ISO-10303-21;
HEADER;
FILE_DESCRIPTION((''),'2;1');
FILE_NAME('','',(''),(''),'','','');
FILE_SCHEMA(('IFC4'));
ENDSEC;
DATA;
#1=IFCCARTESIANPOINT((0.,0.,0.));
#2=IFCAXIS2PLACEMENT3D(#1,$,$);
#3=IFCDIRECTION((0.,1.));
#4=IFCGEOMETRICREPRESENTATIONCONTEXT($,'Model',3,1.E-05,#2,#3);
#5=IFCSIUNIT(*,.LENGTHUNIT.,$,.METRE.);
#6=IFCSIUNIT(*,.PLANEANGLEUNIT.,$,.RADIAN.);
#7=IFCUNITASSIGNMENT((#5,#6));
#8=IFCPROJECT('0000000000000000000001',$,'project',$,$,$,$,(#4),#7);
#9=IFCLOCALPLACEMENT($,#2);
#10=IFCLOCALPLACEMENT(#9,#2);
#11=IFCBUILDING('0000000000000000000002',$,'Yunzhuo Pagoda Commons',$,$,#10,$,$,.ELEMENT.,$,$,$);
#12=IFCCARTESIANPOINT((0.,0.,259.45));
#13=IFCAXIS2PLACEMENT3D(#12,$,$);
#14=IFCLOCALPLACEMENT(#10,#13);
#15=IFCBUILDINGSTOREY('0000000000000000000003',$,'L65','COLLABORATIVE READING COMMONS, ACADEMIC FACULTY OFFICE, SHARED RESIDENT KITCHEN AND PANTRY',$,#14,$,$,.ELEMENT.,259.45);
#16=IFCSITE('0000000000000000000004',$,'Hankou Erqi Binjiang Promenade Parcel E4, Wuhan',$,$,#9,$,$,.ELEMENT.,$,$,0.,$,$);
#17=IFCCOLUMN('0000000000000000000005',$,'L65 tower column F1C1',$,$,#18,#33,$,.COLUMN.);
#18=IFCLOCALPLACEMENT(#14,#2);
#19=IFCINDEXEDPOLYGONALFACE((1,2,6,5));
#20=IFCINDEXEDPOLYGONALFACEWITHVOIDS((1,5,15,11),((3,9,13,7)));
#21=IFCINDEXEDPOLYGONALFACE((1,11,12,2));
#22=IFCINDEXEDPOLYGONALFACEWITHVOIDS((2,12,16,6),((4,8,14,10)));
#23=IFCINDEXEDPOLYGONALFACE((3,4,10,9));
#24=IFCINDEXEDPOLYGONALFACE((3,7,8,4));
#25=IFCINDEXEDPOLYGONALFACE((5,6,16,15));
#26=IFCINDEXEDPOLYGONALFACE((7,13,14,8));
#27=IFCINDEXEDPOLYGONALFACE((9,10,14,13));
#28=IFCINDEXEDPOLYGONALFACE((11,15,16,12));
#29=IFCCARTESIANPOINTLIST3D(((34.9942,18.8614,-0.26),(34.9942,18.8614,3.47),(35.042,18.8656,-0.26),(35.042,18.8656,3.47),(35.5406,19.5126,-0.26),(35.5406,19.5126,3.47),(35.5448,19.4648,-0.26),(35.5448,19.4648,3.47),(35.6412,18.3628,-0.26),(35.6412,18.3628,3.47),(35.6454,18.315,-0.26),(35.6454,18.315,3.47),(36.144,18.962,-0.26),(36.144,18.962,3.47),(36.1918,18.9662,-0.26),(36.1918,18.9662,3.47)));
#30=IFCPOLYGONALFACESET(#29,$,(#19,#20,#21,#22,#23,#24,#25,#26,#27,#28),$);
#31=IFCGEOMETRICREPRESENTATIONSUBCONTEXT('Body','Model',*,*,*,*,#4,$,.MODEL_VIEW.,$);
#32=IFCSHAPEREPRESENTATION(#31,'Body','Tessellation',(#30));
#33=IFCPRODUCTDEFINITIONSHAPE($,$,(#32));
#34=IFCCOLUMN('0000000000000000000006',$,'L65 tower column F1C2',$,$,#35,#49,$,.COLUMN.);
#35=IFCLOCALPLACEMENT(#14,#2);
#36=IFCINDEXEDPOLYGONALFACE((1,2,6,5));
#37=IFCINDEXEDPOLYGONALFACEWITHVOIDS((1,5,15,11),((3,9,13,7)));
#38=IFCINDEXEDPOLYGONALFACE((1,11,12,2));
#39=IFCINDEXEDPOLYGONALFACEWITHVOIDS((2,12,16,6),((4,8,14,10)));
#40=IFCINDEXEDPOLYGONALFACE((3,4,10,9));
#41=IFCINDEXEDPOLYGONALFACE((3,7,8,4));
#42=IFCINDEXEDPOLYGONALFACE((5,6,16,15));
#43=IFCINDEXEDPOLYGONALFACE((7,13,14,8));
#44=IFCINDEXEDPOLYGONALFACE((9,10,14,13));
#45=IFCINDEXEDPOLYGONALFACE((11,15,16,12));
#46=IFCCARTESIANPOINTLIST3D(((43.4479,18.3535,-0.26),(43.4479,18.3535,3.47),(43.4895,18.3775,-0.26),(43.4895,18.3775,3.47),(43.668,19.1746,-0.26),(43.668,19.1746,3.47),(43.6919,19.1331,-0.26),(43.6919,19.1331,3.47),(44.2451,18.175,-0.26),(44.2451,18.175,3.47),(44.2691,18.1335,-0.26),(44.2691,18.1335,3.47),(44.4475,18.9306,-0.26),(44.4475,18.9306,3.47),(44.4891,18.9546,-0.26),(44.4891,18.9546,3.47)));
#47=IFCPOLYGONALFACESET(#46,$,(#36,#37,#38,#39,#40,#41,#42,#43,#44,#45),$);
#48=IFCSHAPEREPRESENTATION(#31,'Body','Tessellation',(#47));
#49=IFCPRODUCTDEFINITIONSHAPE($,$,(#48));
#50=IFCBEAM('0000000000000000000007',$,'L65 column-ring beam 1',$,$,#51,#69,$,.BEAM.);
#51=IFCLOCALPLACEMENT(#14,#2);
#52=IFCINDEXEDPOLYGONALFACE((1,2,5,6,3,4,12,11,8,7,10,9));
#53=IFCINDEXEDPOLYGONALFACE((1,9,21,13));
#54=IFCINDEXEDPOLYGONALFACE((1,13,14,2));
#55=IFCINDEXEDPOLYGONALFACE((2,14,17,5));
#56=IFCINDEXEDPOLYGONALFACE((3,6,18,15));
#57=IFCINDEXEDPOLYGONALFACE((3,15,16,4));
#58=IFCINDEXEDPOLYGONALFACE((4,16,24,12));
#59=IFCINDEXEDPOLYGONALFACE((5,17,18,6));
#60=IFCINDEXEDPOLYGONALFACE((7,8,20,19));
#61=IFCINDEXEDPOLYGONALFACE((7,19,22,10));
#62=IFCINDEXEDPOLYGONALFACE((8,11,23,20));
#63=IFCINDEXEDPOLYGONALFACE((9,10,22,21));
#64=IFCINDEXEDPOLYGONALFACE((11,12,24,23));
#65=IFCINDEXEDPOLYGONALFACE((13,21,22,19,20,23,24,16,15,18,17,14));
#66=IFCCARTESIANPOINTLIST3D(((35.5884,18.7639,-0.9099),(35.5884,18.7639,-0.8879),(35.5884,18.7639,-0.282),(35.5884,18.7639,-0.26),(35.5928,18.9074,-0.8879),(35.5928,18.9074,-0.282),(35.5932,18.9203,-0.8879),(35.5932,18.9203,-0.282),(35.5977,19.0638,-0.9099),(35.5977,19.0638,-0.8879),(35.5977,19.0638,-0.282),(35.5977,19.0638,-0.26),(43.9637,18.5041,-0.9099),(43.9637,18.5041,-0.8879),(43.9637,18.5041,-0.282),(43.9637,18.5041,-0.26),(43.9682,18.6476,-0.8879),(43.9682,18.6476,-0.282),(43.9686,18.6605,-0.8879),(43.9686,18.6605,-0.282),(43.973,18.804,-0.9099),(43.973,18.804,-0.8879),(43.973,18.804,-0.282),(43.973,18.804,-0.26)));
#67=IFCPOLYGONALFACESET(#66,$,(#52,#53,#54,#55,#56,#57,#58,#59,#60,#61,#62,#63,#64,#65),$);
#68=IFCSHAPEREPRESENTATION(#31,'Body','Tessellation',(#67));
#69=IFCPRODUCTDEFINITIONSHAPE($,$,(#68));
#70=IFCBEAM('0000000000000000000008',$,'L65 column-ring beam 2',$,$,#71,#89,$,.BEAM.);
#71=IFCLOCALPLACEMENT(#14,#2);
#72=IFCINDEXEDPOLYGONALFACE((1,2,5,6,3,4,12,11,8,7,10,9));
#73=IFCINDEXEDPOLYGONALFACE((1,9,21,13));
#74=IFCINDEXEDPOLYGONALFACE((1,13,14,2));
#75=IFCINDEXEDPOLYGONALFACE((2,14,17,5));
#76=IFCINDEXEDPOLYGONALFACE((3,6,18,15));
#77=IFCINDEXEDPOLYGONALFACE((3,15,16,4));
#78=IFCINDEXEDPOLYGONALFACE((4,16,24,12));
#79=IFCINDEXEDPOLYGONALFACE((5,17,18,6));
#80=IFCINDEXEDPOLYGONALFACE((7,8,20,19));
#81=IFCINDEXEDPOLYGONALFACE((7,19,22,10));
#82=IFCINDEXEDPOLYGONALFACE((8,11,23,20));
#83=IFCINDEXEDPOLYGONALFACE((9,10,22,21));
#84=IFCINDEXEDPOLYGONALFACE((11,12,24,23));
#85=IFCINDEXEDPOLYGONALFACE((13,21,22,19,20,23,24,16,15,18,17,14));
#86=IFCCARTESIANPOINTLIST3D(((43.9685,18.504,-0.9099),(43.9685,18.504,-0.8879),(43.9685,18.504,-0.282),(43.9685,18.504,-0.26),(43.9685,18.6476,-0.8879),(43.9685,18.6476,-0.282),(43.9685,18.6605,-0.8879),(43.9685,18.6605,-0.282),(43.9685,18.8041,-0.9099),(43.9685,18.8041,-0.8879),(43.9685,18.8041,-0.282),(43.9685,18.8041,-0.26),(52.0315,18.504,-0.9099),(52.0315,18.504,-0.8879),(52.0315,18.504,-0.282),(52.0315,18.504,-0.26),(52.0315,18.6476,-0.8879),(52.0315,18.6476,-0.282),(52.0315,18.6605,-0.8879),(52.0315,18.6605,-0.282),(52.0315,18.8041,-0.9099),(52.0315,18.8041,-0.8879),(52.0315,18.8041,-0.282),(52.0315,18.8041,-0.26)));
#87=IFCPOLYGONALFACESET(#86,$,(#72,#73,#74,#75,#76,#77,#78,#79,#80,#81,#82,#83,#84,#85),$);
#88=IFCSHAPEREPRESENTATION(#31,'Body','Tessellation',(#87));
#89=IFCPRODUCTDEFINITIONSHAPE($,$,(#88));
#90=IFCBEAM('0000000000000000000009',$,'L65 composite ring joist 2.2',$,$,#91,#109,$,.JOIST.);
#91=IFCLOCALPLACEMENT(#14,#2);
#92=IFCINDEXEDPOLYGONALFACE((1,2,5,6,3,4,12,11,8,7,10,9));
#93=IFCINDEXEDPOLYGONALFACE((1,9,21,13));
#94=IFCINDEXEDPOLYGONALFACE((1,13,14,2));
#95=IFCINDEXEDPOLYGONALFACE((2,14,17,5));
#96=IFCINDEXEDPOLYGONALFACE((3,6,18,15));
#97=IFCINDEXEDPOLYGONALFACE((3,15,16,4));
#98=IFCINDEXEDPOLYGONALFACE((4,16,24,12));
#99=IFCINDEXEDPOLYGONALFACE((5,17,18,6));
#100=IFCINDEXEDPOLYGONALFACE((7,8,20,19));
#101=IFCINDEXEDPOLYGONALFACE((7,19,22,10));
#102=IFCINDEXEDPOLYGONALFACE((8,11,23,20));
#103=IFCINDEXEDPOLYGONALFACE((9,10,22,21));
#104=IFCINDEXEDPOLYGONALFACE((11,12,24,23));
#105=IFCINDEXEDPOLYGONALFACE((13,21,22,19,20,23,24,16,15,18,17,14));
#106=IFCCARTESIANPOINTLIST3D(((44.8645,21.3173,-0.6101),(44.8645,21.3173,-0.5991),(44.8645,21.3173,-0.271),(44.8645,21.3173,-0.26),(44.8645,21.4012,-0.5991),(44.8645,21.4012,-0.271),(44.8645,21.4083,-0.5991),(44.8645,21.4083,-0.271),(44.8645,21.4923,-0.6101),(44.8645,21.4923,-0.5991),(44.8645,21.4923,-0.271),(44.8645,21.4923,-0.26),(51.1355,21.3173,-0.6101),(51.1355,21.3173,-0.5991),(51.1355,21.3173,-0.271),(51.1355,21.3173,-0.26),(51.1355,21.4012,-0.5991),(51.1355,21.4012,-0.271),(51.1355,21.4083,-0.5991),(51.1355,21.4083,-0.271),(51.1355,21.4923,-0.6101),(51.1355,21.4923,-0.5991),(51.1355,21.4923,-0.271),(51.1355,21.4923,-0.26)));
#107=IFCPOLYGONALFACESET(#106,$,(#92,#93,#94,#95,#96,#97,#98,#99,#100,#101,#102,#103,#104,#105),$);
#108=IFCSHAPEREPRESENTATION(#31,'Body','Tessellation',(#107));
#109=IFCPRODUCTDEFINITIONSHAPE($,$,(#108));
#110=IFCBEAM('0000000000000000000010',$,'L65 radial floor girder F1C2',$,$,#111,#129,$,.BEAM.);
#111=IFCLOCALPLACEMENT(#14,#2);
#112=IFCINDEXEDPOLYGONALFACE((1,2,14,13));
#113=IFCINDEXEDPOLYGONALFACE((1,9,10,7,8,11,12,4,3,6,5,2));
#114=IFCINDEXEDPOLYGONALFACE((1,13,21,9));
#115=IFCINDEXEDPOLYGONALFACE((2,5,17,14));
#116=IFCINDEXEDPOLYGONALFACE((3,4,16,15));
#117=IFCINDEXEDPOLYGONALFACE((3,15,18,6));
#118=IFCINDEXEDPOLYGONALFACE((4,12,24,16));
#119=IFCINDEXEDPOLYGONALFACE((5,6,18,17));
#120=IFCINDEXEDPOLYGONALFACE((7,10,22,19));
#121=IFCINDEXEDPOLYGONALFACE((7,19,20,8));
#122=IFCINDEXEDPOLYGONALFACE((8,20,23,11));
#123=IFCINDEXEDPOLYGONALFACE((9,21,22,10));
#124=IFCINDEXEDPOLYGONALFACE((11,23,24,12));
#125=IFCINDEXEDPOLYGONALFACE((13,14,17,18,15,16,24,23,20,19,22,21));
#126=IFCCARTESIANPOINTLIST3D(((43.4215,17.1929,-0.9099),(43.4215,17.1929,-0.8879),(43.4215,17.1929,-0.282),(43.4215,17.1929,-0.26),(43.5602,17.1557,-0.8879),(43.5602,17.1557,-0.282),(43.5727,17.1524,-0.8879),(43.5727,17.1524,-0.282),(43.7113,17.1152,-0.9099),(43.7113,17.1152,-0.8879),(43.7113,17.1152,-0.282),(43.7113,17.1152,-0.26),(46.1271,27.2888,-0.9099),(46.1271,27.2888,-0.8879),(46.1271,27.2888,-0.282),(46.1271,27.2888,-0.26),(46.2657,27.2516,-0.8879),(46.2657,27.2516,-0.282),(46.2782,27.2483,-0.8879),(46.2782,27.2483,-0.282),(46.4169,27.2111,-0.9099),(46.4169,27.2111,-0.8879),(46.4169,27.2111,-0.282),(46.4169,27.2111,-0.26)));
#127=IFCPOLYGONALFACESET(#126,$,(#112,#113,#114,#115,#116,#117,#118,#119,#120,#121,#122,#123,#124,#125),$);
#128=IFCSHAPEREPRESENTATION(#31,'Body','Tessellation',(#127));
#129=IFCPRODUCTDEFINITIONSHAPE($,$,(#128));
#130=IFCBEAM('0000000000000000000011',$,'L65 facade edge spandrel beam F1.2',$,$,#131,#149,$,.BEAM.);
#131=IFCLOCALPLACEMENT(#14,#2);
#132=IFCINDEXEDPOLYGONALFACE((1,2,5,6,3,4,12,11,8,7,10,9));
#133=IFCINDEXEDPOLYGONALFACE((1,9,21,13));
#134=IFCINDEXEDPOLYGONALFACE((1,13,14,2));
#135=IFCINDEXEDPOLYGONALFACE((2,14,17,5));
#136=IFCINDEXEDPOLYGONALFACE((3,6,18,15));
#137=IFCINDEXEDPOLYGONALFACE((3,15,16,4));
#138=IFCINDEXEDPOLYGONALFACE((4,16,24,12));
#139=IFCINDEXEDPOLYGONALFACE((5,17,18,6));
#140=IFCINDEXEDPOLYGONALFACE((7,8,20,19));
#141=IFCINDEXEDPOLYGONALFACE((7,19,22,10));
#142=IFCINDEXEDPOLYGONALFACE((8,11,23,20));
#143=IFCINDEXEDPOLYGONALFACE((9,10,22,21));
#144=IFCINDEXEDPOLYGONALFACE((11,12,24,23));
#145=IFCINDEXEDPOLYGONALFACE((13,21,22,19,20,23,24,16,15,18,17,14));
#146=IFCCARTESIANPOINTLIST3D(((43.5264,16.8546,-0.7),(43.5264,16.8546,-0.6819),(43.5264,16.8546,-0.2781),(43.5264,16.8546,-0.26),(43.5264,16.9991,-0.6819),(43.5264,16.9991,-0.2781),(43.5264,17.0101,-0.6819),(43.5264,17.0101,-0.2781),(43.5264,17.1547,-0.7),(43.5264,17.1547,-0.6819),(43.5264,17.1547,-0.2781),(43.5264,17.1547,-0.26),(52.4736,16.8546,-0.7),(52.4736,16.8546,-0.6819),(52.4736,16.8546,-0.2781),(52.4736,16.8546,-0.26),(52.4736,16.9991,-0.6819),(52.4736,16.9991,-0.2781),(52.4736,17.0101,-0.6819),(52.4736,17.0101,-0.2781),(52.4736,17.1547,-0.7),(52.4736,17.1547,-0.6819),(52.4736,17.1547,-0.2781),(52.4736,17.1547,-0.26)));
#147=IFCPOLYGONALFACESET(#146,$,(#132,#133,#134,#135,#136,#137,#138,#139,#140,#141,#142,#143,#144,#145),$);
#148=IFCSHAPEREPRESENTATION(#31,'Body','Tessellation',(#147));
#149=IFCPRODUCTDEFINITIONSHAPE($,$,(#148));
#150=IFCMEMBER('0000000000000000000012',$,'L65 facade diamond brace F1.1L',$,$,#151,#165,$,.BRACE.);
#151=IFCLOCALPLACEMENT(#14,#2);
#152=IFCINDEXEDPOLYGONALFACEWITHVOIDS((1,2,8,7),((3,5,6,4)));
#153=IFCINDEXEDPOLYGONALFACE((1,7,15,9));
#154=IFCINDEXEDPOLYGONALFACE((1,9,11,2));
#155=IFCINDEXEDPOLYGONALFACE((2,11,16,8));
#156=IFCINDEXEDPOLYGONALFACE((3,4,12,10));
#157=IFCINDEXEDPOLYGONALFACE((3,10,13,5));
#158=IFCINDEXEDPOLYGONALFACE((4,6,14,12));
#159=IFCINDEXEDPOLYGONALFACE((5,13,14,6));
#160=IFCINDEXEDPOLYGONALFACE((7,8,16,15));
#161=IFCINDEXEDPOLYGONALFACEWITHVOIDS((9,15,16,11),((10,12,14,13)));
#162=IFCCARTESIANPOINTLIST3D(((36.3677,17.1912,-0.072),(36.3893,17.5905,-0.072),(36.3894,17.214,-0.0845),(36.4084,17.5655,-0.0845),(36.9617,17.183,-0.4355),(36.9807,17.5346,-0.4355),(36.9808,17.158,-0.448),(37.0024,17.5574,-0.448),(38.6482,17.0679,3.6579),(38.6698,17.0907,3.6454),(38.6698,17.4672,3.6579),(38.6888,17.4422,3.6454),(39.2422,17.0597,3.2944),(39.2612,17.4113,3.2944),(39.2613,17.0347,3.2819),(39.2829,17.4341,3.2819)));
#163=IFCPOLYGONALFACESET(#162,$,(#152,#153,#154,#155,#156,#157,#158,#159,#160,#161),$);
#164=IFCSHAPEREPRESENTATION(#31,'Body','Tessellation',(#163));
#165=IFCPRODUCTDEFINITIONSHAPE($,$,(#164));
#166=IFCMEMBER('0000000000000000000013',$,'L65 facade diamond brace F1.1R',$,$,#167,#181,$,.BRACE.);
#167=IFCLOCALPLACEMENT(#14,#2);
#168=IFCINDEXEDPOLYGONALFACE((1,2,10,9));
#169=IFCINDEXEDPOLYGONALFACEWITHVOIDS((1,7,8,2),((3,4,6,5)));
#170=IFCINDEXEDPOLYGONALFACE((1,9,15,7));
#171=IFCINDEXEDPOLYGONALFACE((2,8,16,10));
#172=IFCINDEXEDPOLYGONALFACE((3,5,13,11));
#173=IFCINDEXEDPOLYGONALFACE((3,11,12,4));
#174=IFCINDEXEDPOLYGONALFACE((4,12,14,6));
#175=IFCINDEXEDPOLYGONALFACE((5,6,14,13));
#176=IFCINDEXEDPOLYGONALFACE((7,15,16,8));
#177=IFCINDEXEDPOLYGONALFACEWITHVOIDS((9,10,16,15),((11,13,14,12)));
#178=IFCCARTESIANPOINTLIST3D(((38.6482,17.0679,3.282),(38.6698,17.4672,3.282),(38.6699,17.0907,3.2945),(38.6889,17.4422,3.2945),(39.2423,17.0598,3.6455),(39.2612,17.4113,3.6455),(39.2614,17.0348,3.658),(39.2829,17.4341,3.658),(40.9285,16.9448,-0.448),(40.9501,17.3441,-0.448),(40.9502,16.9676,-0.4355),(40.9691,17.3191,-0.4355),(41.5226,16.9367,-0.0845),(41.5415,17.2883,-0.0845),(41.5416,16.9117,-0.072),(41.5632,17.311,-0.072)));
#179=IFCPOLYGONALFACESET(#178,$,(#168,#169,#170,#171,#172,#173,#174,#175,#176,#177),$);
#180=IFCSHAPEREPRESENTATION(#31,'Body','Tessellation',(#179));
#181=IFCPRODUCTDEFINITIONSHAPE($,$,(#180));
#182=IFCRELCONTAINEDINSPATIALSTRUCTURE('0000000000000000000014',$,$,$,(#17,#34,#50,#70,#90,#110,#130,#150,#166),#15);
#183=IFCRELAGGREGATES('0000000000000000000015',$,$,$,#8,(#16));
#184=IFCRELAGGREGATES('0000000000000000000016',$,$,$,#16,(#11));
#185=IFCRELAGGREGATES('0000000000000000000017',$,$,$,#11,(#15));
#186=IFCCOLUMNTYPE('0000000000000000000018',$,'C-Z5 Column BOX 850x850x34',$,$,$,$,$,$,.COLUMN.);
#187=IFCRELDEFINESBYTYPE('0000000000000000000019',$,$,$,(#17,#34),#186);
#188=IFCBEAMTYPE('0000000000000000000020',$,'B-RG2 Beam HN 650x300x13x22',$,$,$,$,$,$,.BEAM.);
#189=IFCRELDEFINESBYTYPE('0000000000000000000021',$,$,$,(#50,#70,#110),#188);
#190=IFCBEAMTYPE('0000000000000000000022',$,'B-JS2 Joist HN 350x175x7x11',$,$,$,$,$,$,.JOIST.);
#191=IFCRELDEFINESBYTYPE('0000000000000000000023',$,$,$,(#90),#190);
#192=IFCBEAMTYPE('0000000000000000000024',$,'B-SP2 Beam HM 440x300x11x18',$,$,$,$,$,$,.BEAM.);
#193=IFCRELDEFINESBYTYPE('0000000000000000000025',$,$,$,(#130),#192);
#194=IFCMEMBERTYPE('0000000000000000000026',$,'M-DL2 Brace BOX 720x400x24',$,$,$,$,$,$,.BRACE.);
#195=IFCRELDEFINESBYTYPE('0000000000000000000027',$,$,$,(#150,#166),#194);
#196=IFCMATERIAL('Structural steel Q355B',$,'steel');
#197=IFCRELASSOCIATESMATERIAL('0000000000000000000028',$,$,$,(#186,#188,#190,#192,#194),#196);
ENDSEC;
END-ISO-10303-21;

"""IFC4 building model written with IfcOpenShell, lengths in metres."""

from ifc_helpers import new_model, si_unit, direction, frame, origin, origin_2d, place, context, subcontext, project, spatial, hollow_rectangle, i_section, extrude, source, transform, mapped, material, material_profile, profile_set, type_object, element, save


model = new_model("IFC4")

# Units and contexts
model_context = context("Model", 3, precision=1e-05, world=origin(), true_north=direction((0.0, 1.0)))
body_context = subcontext(model_context, "Body", "Model", "MODEL_VIEW")
ifc_project = project(units=[si_unit("LENGTHUNIT", "METRE"), si_unit("PLANEANGLEUNIT", "RADIAN")], contexts=[model_context])

# Site, building, storey
site_placement = place(None, origin())
site = spatial("IfcSite", under=ifc_project, at=site_placement, Name="Hankou Erqi Binjiang Promenade Parcel E4, Wuhan", CompositionType="ELEMENT", RefElevation=0.0)
building_placement = place(site_placement, origin())
building = spatial("IfcBuilding", under=site, at=building_placement, Name="Yunzhuo Pagoda Commons", CompositionType="ELEMENT")
storey_placement = place(building_placement, frame((0.0, 0.0, 259.45)))
storey = spatial("IfcBuildingStorey", under=building, at=storey_placement, Name="L65", Description="COLLABORATIVE READING COMMONS, ACADEMIC FACULTY OFFICE, SHARED RESIDENT KITCHEN AND PANTRY", CompositionType="ELEMENT", Elevation=259.45)

# Columns
ifc_material_1 = material(Name="Structural steel Q355B", Category="steel")
ifc_material_profile_1 = material_profile(ifc_material_1, hollow_rectangle(XDim=0.8501, YDim=0.8501, WallThickness=0.0339, at=origin_2d()), Name="Structural steel Q355B")
ifc_profile_set_1 = profile_set([ifc_material_profile_1], Name="Structural steel Q355B")
column_type = type_object("IfcColumnType", Name="C-Z5 Column BOX 850x850x34", PredefinedType="COLUMN", material=ifc_profile_set_1)
shared_shape_1 = source(origin(), body_context, "Body", "SweptSolid", [
    extrude(hollow_rectangle(XDim=0.8501, YDim=0.8501, WallThickness=0.0339, at=origin_2d()), origin(), (0.0, 0.0, 1.0), 3.73),
])
for number, where, z_axis, x_axis, name in (
    (1, (35.593, 18.9138, -0.26), (0.0, 0.0, 1.0), (0.766044, -0.642788, 0.0), "L65 tower column F1C1"),
    (2, (43.9685, 18.6541, -0.26), (0.0, 0.0, 1.0), (0.965926, -0.258819, 0.0), "L65 tower column F1C2"),
):
    element("IfcColumn", number, at=place(storey_placement, frame(where, z_axis=z_axis, x_axis=x_axis)), inside=storey, type_object=column_type, Name=name, PredefinedType="COLUMN", context=body_context, shape_type="MappedRepresentation", body=[
        mapped(shared_shape_1, transform((0.0, 0.0, 0.0), scale=1.0)),
    ])

# Beams
ifc_material_profile_2 = material_profile(ifc_material_1, i_section(OverallWidth=0.3, OverallDepth=0.6499, WebThickness=0.0129, FlangeThickness=0.022, at=origin_2d()), Name="Structural steel Q355B")
ifc_profile_set_2 = profile_set([ifc_material_profile_2], Name="Structural steel Q355B")
beam_type_1 = type_object("IfcBeamType", Name="B-RG2 Beam HN 650x300x13x22", PredefinedType="BEAM", material=ifc_profile_set_2)
shared_shape_2 = source(origin(), body_context, "Body", "SweptSolid", [
    extrude(i_section(OverallWidth=0.3, OverallDepth=0.6499, WebThickness=0.0129, FlangeThickness=0.022, at=origin_2d()), origin(), (0.0, 0.0, 1.0), 8.3794),
])
beam_1_placement = place(storey_placement, frame((35.593, 18.9138, -0.585), z_axis=(0.999519, -0.031, 0.0), x_axis=(0.031, 0.999519, 0.0)))
element("IfcBeam", 3, at=beam_1_placement, inside=storey, type_object=beam_type_1, Name="L65 column-ring beam 1", PredefinedType="BEAM", context=body_context, shape_type="MappedRepresentation", body=[
    mapped(shared_shape_2, transform((0.0, 0.0, 0.0), scale=1.0)),
])
shared_shape_3 = source(origin(), body_context, "Body", "SweptSolid", [
    extrude(i_section(OverallWidth=0.3, OverallDepth=0.6499, WebThickness=0.0129, FlangeThickness=0.022, at=origin_2d()), origin(), (0.0, 0.0, 1.0), 8.063),
])
beam_2_placement = place(storey_placement, frame((43.9685, 18.6541, -0.585), z_axis=(1.0, 0.0, 0.0), x_axis=(0.0, 1.0, 0.0)))
element("IfcBeam", 4, at=beam_2_placement, inside=storey, type_object=beam_type_1, Name="L65 column-ring beam 2", PredefinedType="BEAM", context=body_context, shape_type="MappedRepresentation", body=[
    mapped(shared_shape_3, transform((0.0, 0.0, 0.0), scale=1.0)),
])
ifc_material_profile_3 = material_profile(ifc_material_1, i_section(OverallWidth=0.175, OverallDepth=0.3501, WebThickness=0.0071, FlangeThickness=0.011, at=origin_2d()), Name="Structural steel Q355B")
ifc_profile_set_3 = profile_set([ifc_material_profile_3], Name="Structural steel Q355B")
beam_type_2 = type_object("IfcBeamType", Name="B-JS2 Joist HN 350x175x7x11", PredefinedType="JOIST", material=ifc_profile_set_3)
shared_shape_4 = source(origin(), body_context, "Body", "SweptSolid", [
    extrude(i_section(OverallWidth=0.175, OverallDepth=0.3501, WebThickness=0.0071, FlangeThickness=0.011, at=origin_2d()), origin(), (0.0, 0.0, 1.0), 6.271),
])
beam_3_placement = place(storey_placement, frame((44.8645, 21.4048, -0.4351), z_axis=(1.0, 0.0, 0.0), x_axis=(0.0, 1.0, 0.0)))
element("IfcBeam", 5, at=beam_3_placement, inside=storey, type_object=beam_type_2, Name="L65 composite ring joist 2.2", PredefinedType="JOIST", context=body_context, shape_type="MappedRepresentation", body=[
    mapped(shared_shape_4, transform((0.0, 0.0, 0.0), scale=1.0)),
])
shared_shape_5 = source(origin(), body_context, "Body", "SweptSolid", [
    extrude(i_section(OverallWidth=0.3, OverallDepth=0.6499, WebThickness=0.0129, FlangeThickness=0.022, at=origin_2d()), origin(), (0.0, 0.0, 1.0), 10.4521),
])
beam_4_placement = place(storey_placement, frame((43.5664, 17.1541, -0.585), z_axis=(0.258852, 0.965917, 0.0), x_axis=(-0.965917, 0.258852, 0.0)))
element("IfcBeam", 6, at=beam_4_placement, inside=storey, type_object=beam_type_1, Name="L65 radial floor girder F1C2", PredefinedType="BEAM", context=body_context, shape_type="MappedRepresentation", body=[
    mapped(shared_shape_5, transform((0.0, 0.0, 0.0), scale=1.0)),
])
ifc_material_profile_4 = material_profile(ifc_material_1, i_section(OverallWidth=0.3, OverallDepth=0.4399, WebThickness=0.011, FlangeThickness=0.0181, at=origin_2d()), Name="Structural steel Q355B")
ifc_profile_set_4 = profile_set([ifc_material_profile_4], Name="Structural steel Q355B")
beam_type_3 = type_object("IfcBeamType", Name="B-SP2 Beam HM 440x300x11x18", PredefinedType="BEAM", material=ifc_profile_set_4)
shared_shape_6 = source(origin(), body_context, "Body", "SweptSolid", [
    extrude(i_section(OverallWidth=0.3, OverallDepth=0.4399, WebThickness=0.011, FlangeThickness=0.0181, at=origin_2d()), origin(), (0.0, 0.0, 1.0), 8.9473),
])
beam_5_placement = place(storey_placement, frame((43.5264, 17.0046, -0.48), z_axis=(1.0, 0.0, 0.0), x_axis=(0.0, 1.0, 0.0)))
element("IfcBeam", 7, at=beam_5_placement, inside=storey, type_object=beam_type_3, Name="L65 facade edge spandrel beam F1.2", PredefinedType="BEAM", context=body_context, shape_type="MappedRepresentation", body=[
    mapped(shared_shape_6, transform((0.0, 0.0, 0.0), scale=1.0)),
])

# Members
ifc_material_profile_5 = material_profile(ifc_material_1, hollow_rectangle(XDim=0.3999, YDim=0.72, WallThickness=0.0239, at=origin_2d()), Name="Structural steel Q355B")
ifc_profile_set_5 = profile_set([ifc_material_profile_5], Name="Structural steel Q355B")
member_type_1 = type_object("IfcMemberType", Name="M-DL2 Brace BOX 720x400x24", PredefinedType="BRACE", material=ifc_profile_set_5)
shared_shape_7 = source(origin(), body_context, "Body", "SweptSolid", [
    extrude(hollow_rectangle(XDim=0.3999, YDim=0.72, WallThickness=0.0239, at=origin_2d()), origin(), (0.0, 0.0, 1.0), 4.3735),
])
for number, where, z_axis, x_axis, name in (
    (8, (36.6851, 17.3743, -0.26), (0.521423, -0.02819, 0.852832), (0.053984, 0.998542, 0.0), "L65 facade diamond brace F1.1L"),
    (9, (41.2458, 17.1279, -0.26), (-0.521384, 0.028135, 0.852858), (-0.053883, -0.998547, 0.0), "L65 facade diamond brace F1.1R"),
):
    element("IfcMember", number, at=place(storey_placement, frame(where, z_axis=z_axis, x_axis=x_axis)), inside=storey, type_object=member_type_1, Name=name, PredefinedType="BRACE", context=body_context, shape_type="MappedRepresentation", body=[
        mapped(shared_shape_7, transform((0.0, 0.0, 0.0), scale=1.0)),
    ])

save(model, "model.ifc")
